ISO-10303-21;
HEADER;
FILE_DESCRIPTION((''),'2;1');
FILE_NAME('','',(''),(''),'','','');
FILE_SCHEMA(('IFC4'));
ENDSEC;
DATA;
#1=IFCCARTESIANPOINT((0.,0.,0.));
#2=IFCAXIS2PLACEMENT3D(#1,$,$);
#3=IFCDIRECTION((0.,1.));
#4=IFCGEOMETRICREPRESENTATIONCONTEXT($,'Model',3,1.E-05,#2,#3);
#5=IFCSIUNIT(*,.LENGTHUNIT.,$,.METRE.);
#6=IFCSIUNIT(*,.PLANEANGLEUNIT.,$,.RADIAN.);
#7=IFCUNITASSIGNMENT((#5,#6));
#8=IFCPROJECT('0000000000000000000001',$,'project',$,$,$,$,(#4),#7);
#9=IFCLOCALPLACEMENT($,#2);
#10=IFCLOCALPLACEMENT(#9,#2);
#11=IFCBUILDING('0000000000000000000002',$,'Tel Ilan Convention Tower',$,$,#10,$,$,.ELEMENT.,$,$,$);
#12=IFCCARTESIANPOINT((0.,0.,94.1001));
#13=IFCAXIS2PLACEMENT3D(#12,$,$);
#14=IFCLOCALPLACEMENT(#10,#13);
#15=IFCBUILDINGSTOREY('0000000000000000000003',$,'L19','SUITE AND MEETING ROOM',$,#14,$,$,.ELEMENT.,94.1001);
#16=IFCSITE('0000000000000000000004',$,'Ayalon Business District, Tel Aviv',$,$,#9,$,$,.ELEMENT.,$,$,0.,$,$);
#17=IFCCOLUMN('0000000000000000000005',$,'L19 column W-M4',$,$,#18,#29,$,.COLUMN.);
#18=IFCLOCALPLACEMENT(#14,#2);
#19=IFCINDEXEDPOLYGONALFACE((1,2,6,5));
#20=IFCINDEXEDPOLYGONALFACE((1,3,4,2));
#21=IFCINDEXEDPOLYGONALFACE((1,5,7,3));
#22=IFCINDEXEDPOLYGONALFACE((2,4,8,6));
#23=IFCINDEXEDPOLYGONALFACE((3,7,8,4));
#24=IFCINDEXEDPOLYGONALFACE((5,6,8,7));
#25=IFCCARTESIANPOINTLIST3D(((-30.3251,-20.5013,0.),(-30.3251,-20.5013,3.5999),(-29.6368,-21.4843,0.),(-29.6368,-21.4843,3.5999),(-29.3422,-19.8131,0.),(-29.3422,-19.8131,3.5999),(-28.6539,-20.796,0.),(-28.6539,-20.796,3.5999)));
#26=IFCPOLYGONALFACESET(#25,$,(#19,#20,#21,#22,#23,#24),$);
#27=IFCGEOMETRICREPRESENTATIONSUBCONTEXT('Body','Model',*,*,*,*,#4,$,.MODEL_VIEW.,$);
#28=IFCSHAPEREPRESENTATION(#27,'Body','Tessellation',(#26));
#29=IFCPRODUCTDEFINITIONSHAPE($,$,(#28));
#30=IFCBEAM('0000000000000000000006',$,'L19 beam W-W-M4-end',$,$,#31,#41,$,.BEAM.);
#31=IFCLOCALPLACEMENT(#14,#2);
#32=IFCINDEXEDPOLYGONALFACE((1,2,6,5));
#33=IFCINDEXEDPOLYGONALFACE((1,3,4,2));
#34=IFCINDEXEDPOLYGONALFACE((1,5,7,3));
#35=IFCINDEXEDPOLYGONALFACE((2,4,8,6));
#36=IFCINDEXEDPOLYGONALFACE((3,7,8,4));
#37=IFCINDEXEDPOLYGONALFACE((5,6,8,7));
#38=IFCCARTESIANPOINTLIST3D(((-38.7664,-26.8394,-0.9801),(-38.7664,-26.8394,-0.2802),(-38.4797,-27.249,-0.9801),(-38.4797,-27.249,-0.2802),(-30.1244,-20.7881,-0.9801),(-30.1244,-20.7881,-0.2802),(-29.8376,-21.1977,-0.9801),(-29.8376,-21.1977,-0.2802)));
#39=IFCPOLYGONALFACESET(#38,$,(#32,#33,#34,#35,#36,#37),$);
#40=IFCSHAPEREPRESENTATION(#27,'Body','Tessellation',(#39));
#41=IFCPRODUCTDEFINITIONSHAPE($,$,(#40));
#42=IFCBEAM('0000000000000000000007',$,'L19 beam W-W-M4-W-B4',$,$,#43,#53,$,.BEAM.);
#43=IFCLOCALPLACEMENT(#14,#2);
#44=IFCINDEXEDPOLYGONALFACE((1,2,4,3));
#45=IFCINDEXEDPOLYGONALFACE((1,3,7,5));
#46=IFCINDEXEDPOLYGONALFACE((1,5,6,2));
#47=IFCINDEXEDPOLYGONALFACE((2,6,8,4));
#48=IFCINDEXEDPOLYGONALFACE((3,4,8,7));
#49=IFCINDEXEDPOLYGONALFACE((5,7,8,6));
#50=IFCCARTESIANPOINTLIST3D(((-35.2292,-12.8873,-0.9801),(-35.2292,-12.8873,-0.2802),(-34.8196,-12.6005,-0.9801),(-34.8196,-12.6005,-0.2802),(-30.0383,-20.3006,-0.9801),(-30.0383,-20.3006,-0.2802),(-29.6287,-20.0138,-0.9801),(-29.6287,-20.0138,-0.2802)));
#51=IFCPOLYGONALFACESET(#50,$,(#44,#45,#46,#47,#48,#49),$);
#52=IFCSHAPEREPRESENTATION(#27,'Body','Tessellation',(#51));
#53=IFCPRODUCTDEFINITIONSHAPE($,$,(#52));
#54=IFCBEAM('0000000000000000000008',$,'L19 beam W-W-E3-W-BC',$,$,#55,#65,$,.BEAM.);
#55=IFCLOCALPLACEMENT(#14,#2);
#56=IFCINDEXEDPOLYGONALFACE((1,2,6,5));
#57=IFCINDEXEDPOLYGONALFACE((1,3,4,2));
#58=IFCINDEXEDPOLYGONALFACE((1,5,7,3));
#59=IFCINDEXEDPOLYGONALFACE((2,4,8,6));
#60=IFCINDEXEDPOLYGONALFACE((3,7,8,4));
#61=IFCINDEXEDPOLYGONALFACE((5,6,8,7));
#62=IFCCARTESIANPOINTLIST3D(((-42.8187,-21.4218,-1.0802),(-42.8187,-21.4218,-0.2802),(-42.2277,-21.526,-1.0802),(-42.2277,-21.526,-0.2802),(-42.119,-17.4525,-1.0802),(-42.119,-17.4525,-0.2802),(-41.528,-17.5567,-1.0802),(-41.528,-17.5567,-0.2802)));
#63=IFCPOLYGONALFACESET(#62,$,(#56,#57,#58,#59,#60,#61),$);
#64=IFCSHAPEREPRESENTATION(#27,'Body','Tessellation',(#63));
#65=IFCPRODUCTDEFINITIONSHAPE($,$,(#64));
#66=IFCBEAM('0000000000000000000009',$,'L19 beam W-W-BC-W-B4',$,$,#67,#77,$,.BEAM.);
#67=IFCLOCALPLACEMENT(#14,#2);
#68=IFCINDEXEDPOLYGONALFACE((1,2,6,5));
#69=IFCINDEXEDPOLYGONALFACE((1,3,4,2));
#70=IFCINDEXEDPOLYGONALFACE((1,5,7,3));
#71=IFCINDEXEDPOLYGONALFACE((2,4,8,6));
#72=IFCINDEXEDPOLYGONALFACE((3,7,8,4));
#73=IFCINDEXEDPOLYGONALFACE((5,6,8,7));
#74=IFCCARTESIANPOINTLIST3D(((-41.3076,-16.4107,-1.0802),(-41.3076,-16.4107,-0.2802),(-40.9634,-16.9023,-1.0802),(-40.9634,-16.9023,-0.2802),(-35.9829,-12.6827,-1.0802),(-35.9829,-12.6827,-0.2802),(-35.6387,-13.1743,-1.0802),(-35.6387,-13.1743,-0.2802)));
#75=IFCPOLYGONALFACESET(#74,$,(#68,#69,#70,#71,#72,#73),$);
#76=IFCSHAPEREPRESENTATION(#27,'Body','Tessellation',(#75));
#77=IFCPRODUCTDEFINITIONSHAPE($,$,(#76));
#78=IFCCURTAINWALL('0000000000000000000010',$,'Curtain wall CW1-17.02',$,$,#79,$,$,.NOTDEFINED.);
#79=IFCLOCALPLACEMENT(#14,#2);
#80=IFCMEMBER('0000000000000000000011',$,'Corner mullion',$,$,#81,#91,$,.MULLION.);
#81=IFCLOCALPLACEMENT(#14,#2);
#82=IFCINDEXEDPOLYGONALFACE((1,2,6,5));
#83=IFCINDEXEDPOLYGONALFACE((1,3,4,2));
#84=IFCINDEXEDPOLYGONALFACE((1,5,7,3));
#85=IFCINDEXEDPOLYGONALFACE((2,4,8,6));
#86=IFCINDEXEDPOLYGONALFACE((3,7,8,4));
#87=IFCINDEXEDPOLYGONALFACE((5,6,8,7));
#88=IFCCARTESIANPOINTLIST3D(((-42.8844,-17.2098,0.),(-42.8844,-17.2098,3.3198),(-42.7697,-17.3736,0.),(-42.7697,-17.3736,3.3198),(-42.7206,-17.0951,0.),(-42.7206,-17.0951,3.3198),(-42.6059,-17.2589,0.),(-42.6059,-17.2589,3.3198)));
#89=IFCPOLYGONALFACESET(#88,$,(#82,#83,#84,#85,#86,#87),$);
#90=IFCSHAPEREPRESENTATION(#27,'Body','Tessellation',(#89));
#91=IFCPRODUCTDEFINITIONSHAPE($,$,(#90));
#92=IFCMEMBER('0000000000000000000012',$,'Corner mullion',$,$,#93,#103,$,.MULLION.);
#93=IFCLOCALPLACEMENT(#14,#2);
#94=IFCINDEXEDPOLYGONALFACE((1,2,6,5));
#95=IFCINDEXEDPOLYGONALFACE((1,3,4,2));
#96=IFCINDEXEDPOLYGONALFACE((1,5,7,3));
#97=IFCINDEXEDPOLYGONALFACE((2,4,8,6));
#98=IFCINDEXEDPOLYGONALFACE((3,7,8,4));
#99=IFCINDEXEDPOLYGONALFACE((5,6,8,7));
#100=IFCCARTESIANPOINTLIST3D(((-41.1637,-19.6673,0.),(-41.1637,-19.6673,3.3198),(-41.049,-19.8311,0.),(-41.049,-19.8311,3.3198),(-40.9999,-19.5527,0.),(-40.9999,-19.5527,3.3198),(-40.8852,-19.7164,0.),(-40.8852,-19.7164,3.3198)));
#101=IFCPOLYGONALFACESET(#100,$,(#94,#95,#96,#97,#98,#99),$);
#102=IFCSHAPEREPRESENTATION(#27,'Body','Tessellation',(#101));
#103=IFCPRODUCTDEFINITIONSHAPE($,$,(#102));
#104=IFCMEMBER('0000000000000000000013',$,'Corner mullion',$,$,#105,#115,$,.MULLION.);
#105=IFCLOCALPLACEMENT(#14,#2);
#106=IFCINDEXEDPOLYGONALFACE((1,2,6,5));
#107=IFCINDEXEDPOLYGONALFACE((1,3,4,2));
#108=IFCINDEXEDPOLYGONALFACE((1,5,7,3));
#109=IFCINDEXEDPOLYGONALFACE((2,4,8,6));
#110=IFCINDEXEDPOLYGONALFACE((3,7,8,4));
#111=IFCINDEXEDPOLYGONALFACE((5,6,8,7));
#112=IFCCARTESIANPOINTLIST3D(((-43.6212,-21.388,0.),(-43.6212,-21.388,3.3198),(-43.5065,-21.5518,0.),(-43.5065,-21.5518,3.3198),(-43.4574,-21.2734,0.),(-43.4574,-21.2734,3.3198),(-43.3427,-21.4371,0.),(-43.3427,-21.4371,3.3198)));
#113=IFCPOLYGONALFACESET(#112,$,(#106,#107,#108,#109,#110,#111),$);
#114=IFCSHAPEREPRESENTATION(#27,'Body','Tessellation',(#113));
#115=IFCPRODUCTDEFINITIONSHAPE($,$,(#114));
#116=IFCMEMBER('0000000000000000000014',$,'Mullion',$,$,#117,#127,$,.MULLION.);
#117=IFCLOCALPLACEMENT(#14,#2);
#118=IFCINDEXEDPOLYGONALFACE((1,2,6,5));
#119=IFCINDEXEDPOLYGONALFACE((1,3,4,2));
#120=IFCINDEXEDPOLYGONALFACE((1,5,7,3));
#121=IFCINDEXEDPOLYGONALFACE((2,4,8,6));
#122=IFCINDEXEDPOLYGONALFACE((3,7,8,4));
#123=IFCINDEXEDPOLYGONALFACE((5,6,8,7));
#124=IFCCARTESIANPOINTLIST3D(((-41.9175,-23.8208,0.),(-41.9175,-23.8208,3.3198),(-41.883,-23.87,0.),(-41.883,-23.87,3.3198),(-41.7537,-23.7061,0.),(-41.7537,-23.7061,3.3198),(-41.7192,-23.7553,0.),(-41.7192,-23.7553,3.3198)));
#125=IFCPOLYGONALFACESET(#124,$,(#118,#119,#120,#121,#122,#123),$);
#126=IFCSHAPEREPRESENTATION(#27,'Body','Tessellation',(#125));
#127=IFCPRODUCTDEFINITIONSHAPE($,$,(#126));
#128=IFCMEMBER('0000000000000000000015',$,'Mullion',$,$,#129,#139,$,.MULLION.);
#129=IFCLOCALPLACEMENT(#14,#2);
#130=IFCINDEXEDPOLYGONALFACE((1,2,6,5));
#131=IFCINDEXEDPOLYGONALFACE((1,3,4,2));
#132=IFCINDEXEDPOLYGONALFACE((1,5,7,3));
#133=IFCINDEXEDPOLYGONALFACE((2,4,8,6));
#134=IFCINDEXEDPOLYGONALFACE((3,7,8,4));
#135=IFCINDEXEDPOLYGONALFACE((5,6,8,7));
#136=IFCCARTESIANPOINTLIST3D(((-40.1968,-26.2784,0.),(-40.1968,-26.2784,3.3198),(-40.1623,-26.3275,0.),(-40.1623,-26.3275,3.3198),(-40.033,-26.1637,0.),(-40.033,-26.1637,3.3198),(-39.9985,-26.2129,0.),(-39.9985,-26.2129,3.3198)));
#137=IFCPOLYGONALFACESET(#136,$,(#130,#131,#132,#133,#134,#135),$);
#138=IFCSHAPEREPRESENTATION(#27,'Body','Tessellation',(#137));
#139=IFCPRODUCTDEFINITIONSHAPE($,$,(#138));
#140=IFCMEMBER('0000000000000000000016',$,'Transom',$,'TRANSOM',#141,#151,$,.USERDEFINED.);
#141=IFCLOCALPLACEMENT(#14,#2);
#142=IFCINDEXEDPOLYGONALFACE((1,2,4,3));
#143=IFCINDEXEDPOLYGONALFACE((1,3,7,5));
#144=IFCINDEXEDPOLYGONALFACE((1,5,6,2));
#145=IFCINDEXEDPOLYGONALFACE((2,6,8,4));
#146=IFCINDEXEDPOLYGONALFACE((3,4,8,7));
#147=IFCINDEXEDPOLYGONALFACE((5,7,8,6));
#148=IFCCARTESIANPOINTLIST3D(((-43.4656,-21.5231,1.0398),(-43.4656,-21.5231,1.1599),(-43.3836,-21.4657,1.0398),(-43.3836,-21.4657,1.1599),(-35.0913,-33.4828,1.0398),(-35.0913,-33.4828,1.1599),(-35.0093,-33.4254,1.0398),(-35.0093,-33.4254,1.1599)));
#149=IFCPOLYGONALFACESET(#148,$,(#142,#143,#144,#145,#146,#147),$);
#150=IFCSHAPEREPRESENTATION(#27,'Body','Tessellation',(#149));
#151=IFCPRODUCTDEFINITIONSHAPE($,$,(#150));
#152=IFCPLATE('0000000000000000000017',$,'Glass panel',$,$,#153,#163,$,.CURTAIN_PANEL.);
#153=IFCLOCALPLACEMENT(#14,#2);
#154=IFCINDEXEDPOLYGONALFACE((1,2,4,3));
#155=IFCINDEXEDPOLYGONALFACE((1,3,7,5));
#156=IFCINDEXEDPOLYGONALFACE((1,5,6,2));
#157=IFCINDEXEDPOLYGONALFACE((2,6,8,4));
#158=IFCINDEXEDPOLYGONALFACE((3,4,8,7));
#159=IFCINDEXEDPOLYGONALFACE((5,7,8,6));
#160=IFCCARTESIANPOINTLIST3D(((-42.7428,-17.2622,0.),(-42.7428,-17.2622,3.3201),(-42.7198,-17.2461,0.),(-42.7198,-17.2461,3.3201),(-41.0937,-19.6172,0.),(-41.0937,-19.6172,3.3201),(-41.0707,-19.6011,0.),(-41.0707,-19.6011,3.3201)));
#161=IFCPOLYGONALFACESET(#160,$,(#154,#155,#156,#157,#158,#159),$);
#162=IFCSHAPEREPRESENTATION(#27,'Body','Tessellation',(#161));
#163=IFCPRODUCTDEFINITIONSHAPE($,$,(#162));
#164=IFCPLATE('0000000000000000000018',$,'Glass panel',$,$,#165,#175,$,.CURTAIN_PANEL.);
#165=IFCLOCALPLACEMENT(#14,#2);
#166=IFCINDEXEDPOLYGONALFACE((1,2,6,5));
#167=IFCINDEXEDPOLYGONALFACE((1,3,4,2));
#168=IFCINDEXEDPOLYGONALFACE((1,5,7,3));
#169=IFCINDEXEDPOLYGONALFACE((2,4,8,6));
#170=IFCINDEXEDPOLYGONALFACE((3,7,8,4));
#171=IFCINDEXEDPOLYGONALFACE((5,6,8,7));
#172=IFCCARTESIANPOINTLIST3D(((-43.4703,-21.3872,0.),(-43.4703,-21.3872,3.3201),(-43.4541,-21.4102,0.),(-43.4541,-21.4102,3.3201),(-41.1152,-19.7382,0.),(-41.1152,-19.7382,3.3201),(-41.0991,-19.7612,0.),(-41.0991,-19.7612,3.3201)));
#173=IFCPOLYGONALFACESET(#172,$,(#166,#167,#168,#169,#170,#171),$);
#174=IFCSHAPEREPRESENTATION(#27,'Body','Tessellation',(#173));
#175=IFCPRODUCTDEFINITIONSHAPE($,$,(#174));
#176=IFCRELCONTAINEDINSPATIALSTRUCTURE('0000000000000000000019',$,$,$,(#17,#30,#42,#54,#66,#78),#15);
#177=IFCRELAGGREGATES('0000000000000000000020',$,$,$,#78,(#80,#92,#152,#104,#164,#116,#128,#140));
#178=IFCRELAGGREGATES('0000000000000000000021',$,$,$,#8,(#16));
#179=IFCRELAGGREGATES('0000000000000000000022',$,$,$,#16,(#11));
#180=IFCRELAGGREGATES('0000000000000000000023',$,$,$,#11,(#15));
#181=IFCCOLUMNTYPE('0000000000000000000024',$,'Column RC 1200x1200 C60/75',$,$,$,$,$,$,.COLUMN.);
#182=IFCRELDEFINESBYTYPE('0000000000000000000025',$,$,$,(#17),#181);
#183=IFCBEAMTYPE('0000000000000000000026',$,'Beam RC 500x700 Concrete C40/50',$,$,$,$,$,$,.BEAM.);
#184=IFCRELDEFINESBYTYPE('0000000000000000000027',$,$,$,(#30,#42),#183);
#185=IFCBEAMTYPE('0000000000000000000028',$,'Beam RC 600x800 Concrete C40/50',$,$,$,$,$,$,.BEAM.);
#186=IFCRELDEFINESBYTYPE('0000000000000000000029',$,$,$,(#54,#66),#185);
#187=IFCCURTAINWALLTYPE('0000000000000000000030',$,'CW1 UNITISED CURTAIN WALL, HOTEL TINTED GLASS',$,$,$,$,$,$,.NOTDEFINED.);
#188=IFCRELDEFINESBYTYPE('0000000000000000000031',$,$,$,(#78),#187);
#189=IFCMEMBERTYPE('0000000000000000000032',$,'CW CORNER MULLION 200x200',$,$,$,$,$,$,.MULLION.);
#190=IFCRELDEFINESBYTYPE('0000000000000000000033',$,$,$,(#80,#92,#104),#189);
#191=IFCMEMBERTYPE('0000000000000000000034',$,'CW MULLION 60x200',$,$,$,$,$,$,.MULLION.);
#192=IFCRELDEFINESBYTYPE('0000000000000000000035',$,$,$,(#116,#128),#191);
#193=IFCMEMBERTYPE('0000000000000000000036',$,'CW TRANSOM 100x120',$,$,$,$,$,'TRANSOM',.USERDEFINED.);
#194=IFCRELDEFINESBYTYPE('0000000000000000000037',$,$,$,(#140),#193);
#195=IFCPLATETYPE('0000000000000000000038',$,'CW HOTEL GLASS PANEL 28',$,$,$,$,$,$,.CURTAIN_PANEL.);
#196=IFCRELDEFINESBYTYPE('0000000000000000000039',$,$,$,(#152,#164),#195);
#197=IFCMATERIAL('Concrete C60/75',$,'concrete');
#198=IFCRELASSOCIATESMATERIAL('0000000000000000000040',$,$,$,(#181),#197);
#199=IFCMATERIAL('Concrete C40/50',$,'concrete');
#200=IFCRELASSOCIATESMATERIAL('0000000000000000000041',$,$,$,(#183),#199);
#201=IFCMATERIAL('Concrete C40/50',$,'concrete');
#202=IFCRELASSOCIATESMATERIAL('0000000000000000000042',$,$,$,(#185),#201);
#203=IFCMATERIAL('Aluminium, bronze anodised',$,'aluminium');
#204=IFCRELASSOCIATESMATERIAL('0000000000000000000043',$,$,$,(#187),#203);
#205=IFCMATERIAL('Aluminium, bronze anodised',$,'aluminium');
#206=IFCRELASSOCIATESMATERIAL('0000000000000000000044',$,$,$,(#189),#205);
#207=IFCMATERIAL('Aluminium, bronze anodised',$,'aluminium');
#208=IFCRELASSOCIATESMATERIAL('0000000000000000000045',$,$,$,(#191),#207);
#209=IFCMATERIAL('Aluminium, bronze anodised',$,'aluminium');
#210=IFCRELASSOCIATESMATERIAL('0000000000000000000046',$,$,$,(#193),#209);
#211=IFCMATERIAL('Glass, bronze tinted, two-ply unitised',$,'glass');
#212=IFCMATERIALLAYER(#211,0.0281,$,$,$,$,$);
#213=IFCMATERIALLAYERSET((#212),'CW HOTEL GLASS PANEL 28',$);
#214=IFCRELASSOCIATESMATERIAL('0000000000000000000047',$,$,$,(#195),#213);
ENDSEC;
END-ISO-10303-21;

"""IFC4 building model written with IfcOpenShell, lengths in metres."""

from ifc_helpers import new_model, si_unit, direction, frame, origin, origin_2d, place, context, subcontext, project, spatial, rectangle, extrude, material, layer, layer_set, material_profile, profile_set, type_object, element, aggregate, save


model = new_model("IFC4")

# Units and contexts
model_context = context("Model", 3, precision=1e-05, world=origin(), true_north=direction((0.0, 1.0)))
body_context = subcontext(model_context, "Body", "Model", "MODEL_VIEW")
ifc_project = project(units=[si_unit("LENGTHUNIT", "METRE"), si_unit("PLANEANGLEUNIT", "RADIAN")], contexts=[model_context])

# Site, building, storey
site_placement = place(None, origin())
site = spatial("IfcSite", under=ifc_project, at=site_placement, Name="Ayalon Business District, Tel Aviv", CompositionType="ELEMENT", RefElevation=0.0)
building_placement = place(site_placement, origin())
building = spatial("IfcBuilding", under=site, at=building_placement, Name="Tel Ilan Convention Tower", CompositionType="ELEMENT")
storey_placement = place(building_placement, frame((0.0, 0.0, 94.1001)))
storey = spatial("IfcBuildingStorey", under=building, at=storey_placement, Name="L19", Description="SUITE AND MEETING ROOM", CompositionType="ELEMENT", Elevation=94.1001)

# Column
ifc_material_1 = material(Name="Concrete C60/75", Category="concrete")
ifc_material_profile_1 = material_profile(ifc_material_1, rectangle(XDim=1.2, YDim=1.2, at=origin_2d()), Name="RC 1200x1200")
ifc_profile_set_1 = profile_set([ifc_material_profile_1], Name="Concrete C60/75")
column_type_1 = type_object("IfcColumnType", Name="Column RC 1200x1200 C60/75", PredefinedType="COLUMN", material=ifc_profile_set_1)
column_1_placement = place(storey_placement, frame((-29.4895, -20.6487, 0.0), z_axis=(0.0, 0.0, 1.0), x_axis=(-0.819152, -0.573576, 0.0)))
element("IfcColumn", 1, at=column_1_placement, inside=storey, type_object=column_type_1, Name="L19 column W-M4", PredefinedType="COLUMN", context=body_context, shape_type="SweptSolid", body=[
    extrude(rectangle(XDim=1.2, YDim=1.2, at=origin_2d()), origin(), (0.0, 0.0, 1.0), 3.5999),
])

# Beams
ifc_material_2 = material(Name="Concrete C40/50", Category="concrete")
ifc_material_profile_2 = material_profile(ifc_material_2, rectangle(XDim=0.5, YDim=0.7, at=origin_2d()), Name="RC 500x700")
ifc_profile_set_2 = profile_set([ifc_material_profile_2], Name="Concrete C40/50")
beam_type_1 = type_object("IfcBeamType", Name="Beam RC 500x700 Concrete C40/50", PredefinedType="BEAM", material=ifc_profile_set_2)
beam_1_placement = place(storey_placement, frame((-29.981, -20.9929, -0.6301), z_axis=(-0.819151, -0.573577, 0.0), x_axis=(0.573577, -0.819151, 0.0)))
element("IfcBeam", 2, at=beam_1_placement, inside=storey, type_object=beam_type_1, Name="L19 beam W-W-M4-end", PredefinedType="BEAM", context=body_context, shape_type="SweptSolid", body=[
    extrude(rectangle(XDim=0.5, YDim=0.7, at=origin_2d()), origin(), (0.0, 0.0, 1.0), 10.55),
])
beam_2_placement = place(storey_placement, frame((-29.8335, -20.1572, -0.6301), z_axis=(-0.57358, 0.81915, 0.0), x_axis=(-0.81915, -0.57358, 0.0)))
element("IfcBeam", 3, at=beam_2_placement, inside=storey, type_object=beam_type_1, Name="L19 beam W-W-M4-W-B4", PredefinedType="BEAM", context=body_context, shape_type="SweptSolid", body=[
    extrude(rectangle(XDim=0.5, YDim=0.7, at=origin_2d()), origin(), (0.0, 0.0, 1.0), 9.05),
])
ifc_material_3 = material(Name="Concrete C40/50", Category="concrete")
ifc_material_profile_3 = material_profile(ifc_material_3, rectangle(XDim=0.6001, YDim=0.8, at=origin_2d()), Name="RC 600x800")
ifc_profile_set_3 = profile_set([ifc_material_profile_3], Name="Concrete C40/50")
beam_type_2 = type_object("IfcBeamType", Name="Beam RC 600x800 Concrete C40/50", PredefinedType="BEAM", material=ifc_profile_set_3)
beam_3_placement = place(storey_placement, frame((-42.5232, -21.4739, -0.6802), z_axis=(0.173606, 0.984815, 0.0), x_axis=(-0.984815, 0.173606, 0.0)))
element("IfcBeam", 4, at=beam_3_placement, inside=storey, type_object=beam_type_2, Name="L19 beam W-W-E3-W-BC", PredefinedType="BEAM", context=body_context, shape_type="SweptSolid", body=[
    extrude(rectangle(XDim=0.6001, YDim=0.8, at=origin_2d()), origin(), (0.0, 0.0, 1.0), 4.0305),
])
beam_4_placement = place(storey_placement, frame((-41.1355, -16.6565, -0.6802), z_axis=(0.819179, 0.573538, 0.0), x_axis=(-0.573538, 0.819179, 0.0)))
element("IfcBeam", 5, at=beam_4_placement, inside=storey, type_object=beam_type_2, Name="L19 beam W-W-BC-W-B4", PredefinedType="BEAM", context=body_context, shape_type="SweptSolid", body=[
    extrude(rectangle(XDim=0.6001, YDim=0.8, at=origin_2d()), origin(), (0.0, 0.0, 1.0), 6.5),
])

# Curtain wall, members, plates
ifc_material_4 = material(Name="Aluminium, bronze anodised", Category="aluminium")
curtain_wall_type = type_object("IfcCurtainWallType", Name="CW1 UNITISED CURTAIN WALL, HOTEL TINTED GLASS", PredefinedType="NOTDEFINED", material=ifc_material_4)
curtain_wall_placement = place(storey_placement, origin())
curtain_wall = element("IfcCurtainWall", 6, at=curtain_wall_placement, inside=storey, type_object=curtain_wall_type, Name="Curtain wall CW1-17.02", PredefinedType="NOTDEFINED")
ifc_material_5 = material(Name="Aluminium, bronze anodised", Category="aluminium")
ifc_material_profile_4 = material_profile(ifc_material_5, rectangle(XDim=0.2, YDim=0.2, at=origin_2d()), Name="CW CORNER MULLION 200x200")
ifc_profile_set_4 = profile_set([ifc_material_profile_4], Name="Aluminium, bronze anodised")
member_type_1 = type_object("IfcMemberType", Name="CW CORNER MULLION 200x200", PredefinedType="MULLION", material=ifc_profile_set_4)
member_1_placement = place(storey_placement, frame((-42.7451, -17.2344, 0.0), z_axis=(0.0, 0.0, 1.0), x_axis=(-0.819152, -0.573576, 0.0)))
member_1 = element("IfcMember", 7, at=member_1_placement, type_object=member_type_1, Name="Corner mullion", PredefinedType="MULLION", context=body_context, shape_type="SweptSolid", body=[
    extrude(rectangle(XDim=0.2, YDim=0.2, at=origin_2d()), origin(), (0.0, 0.0, 1.0), 3.3198),
])
member_2_placement = place(storey_placement, frame((-41.0244, -19.6919, 0.0), z_axis=(0.0, 0.0, 1.0), x_axis=(0.573576, -0.819152, 0.0)))
member_2 = element("IfcMember", 8, at=member_2_placement, type_object=member_type_1, Name="Corner mullion", PredefinedType="MULLION", context=body_context, shape_type="SweptSolid", body=[
    extrude(rectangle(XDim=0.2, YDim=0.2, at=origin_2d()), origin(), (0.0, 0.0, 1.0), 3.3198),
])
member_3_placement = place(storey_placement, frame((-43.4819, -21.4126, 0.0), z_axis=(0.0, 0.0, 1.0), x_axis=(-0.819152, -0.573576, 0.0)))
member_3 = element("IfcMember", 9, at=member_3_placement, type_object=member_type_1, Name="Corner mullion", PredefinedType="MULLION", context=body_context, shape_type="SweptSolid", body=[
    extrude(rectangle(XDim=0.2, YDim=0.2, at=origin_2d()), origin(), (0.0, 0.0, 1.0), 3.3198),
])
ifc_material_6 = material(Name="Aluminium, bronze anodised", Category="aluminium")
ifc_material_profile_5 = material_profile(ifc_material_6, rectangle(XDim=0.0601, YDim=0.2, at=origin_2d()), Name="CW MULLION 60x200")
ifc_profile_set_5 = profile_set([ifc_material_profile_5], Name="Aluminium, bronze anodised")
member_type_2 = type_object("IfcMemberType", Name="CW MULLION 60x200", PredefinedType="MULLION", material=ifc_profile_set_5)
member_4_placement = place(storey_placement, frame((-41.8184, -23.7881, 0.0), z_axis=(0.0, 0.0, 1.0), x_axis=(0.573576, -0.819152, 0.0)))
member_4 = element("IfcMember", 10, at=member_4_placement, type_object=member_type_2, Name="Mullion", PredefinedType="MULLION", context=body_context, shape_type="SweptSolid", body=[
    extrude(rectangle(XDim=0.0601, YDim=0.2, at=origin_2d()), origin(), (0.0, 0.0, 1.0), 3.3198),
])
member_5_placement = place(storey_placement, frame((-40.0977, -26.2456, 0.0), z_axis=(0.0, 0.0, 1.0), x_axis=(0.573576, -0.819152, 0.0)))
member_5 = element("IfcMember", 11, at=member_5_placement, type_object=member_type_2, Name="Mullion", PredefinedType="MULLION", context=body_context, shape_type="SweptSolid", body=[
    extrude(rectangle(XDim=0.0601, YDim=0.2, at=origin_2d()), origin(), (0.0, 0.0, 1.0), 3.3198),
])
ifc_material_7 = material(Name="Aluminium, bronze anodised", Category="aluminium")
ifc_material_profile_6 = material_profile(ifc_material_7, rectangle(XDim=0.1001, YDim=0.1201, at=origin_2d()), Name="CW TRANSOM 100x120")
ifc_profile_set_6 = profile_set([ifc_material_profile_6], Name="Aluminium, bronze anodised")
member_type_3 = type_object("IfcMemberType", Name="CW TRANSOM 100x120", ElementType="TRANSOM", PredefinedType="USERDEFINED", material=ifc_profile_set_6)
member_6_placement = place(storey_placement, frame((-43.4246, -21.4944, 1.0999), z_axis=(0.573576, -0.819153, 0.0), x_axis=(0.819153, 0.573576, 0.0)))
member_6 = element("IfcMember", 12, at=member_6_placement, type_object=member_type_3, Name="Transom", ObjectType="TRANSOM", PredefinedType="USERDEFINED", context=body_context, shape_type="SweptSolid", body=[
    extrude(rectangle(XDim=0.1001, YDim=0.1201, at=origin_2d()), origin(), (0.0, 0.0, 1.0), 14.6001),
])
ifc_material_8 = material(Name="Glass, bronze tinted, two-ply unitised", Category="glass")
ifc_layer_1 = layer(ifc_material_8, 0.0281)
ifc_layer_set_1 = layer_set([ifc_layer_1], Name="CW HOTEL GLASS PANEL 28")
plate_type = type_object("IfcPlateType", Name="CW HOTEL GLASS PANEL 28", PredefinedType="CURTAIN_PANEL", material=ifc_layer_set_1)
plate_1_placement = place(storey_placement, frame((-41.9067, -18.4316, 0.0), z_axis=(0.0, 0.0, 1.0), x_axis=(0.573576, -0.819152, 0.0)))
plate_1 = element("IfcPlate", 13, at=plate_1_placement, type_object=plate_type, Name="Glass panel", PredefinedType="CURTAIN_PANEL", context=body_context, shape_type="SweptSolid", body=[
    extrude(rectangle(XDim=2.875, YDim=0.0281, at=origin_2d()), origin(), (0.0, 0.0, 1.0), 3.3201),
])
plate_2_placement = place(storey_placement, frame((-42.2847, -20.5742, 0.0), z_axis=(0.0, 0.0, 1.0), x_axis=(-0.819152, -0.573576, 0.0)))
plate_2 = element("IfcPlate", 14, at=plate_2_placement, type_object=plate_type, Name="Glass panel", PredefinedType="CURTAIN_PANEL", context=body_context, shape_type="SweptSolid", body=[
    extrude(rectangle(XDim=2.875, YDim=0.0281, at=origin_2d()), origin(), (0.0, 0.0, 1.0), 3.3201),
])
aggregate(curtain_wall, [member_1, member_2, plate_1, member_3, plate_2, member_4, member_5, member_6])

save(model, "model.ifc")
